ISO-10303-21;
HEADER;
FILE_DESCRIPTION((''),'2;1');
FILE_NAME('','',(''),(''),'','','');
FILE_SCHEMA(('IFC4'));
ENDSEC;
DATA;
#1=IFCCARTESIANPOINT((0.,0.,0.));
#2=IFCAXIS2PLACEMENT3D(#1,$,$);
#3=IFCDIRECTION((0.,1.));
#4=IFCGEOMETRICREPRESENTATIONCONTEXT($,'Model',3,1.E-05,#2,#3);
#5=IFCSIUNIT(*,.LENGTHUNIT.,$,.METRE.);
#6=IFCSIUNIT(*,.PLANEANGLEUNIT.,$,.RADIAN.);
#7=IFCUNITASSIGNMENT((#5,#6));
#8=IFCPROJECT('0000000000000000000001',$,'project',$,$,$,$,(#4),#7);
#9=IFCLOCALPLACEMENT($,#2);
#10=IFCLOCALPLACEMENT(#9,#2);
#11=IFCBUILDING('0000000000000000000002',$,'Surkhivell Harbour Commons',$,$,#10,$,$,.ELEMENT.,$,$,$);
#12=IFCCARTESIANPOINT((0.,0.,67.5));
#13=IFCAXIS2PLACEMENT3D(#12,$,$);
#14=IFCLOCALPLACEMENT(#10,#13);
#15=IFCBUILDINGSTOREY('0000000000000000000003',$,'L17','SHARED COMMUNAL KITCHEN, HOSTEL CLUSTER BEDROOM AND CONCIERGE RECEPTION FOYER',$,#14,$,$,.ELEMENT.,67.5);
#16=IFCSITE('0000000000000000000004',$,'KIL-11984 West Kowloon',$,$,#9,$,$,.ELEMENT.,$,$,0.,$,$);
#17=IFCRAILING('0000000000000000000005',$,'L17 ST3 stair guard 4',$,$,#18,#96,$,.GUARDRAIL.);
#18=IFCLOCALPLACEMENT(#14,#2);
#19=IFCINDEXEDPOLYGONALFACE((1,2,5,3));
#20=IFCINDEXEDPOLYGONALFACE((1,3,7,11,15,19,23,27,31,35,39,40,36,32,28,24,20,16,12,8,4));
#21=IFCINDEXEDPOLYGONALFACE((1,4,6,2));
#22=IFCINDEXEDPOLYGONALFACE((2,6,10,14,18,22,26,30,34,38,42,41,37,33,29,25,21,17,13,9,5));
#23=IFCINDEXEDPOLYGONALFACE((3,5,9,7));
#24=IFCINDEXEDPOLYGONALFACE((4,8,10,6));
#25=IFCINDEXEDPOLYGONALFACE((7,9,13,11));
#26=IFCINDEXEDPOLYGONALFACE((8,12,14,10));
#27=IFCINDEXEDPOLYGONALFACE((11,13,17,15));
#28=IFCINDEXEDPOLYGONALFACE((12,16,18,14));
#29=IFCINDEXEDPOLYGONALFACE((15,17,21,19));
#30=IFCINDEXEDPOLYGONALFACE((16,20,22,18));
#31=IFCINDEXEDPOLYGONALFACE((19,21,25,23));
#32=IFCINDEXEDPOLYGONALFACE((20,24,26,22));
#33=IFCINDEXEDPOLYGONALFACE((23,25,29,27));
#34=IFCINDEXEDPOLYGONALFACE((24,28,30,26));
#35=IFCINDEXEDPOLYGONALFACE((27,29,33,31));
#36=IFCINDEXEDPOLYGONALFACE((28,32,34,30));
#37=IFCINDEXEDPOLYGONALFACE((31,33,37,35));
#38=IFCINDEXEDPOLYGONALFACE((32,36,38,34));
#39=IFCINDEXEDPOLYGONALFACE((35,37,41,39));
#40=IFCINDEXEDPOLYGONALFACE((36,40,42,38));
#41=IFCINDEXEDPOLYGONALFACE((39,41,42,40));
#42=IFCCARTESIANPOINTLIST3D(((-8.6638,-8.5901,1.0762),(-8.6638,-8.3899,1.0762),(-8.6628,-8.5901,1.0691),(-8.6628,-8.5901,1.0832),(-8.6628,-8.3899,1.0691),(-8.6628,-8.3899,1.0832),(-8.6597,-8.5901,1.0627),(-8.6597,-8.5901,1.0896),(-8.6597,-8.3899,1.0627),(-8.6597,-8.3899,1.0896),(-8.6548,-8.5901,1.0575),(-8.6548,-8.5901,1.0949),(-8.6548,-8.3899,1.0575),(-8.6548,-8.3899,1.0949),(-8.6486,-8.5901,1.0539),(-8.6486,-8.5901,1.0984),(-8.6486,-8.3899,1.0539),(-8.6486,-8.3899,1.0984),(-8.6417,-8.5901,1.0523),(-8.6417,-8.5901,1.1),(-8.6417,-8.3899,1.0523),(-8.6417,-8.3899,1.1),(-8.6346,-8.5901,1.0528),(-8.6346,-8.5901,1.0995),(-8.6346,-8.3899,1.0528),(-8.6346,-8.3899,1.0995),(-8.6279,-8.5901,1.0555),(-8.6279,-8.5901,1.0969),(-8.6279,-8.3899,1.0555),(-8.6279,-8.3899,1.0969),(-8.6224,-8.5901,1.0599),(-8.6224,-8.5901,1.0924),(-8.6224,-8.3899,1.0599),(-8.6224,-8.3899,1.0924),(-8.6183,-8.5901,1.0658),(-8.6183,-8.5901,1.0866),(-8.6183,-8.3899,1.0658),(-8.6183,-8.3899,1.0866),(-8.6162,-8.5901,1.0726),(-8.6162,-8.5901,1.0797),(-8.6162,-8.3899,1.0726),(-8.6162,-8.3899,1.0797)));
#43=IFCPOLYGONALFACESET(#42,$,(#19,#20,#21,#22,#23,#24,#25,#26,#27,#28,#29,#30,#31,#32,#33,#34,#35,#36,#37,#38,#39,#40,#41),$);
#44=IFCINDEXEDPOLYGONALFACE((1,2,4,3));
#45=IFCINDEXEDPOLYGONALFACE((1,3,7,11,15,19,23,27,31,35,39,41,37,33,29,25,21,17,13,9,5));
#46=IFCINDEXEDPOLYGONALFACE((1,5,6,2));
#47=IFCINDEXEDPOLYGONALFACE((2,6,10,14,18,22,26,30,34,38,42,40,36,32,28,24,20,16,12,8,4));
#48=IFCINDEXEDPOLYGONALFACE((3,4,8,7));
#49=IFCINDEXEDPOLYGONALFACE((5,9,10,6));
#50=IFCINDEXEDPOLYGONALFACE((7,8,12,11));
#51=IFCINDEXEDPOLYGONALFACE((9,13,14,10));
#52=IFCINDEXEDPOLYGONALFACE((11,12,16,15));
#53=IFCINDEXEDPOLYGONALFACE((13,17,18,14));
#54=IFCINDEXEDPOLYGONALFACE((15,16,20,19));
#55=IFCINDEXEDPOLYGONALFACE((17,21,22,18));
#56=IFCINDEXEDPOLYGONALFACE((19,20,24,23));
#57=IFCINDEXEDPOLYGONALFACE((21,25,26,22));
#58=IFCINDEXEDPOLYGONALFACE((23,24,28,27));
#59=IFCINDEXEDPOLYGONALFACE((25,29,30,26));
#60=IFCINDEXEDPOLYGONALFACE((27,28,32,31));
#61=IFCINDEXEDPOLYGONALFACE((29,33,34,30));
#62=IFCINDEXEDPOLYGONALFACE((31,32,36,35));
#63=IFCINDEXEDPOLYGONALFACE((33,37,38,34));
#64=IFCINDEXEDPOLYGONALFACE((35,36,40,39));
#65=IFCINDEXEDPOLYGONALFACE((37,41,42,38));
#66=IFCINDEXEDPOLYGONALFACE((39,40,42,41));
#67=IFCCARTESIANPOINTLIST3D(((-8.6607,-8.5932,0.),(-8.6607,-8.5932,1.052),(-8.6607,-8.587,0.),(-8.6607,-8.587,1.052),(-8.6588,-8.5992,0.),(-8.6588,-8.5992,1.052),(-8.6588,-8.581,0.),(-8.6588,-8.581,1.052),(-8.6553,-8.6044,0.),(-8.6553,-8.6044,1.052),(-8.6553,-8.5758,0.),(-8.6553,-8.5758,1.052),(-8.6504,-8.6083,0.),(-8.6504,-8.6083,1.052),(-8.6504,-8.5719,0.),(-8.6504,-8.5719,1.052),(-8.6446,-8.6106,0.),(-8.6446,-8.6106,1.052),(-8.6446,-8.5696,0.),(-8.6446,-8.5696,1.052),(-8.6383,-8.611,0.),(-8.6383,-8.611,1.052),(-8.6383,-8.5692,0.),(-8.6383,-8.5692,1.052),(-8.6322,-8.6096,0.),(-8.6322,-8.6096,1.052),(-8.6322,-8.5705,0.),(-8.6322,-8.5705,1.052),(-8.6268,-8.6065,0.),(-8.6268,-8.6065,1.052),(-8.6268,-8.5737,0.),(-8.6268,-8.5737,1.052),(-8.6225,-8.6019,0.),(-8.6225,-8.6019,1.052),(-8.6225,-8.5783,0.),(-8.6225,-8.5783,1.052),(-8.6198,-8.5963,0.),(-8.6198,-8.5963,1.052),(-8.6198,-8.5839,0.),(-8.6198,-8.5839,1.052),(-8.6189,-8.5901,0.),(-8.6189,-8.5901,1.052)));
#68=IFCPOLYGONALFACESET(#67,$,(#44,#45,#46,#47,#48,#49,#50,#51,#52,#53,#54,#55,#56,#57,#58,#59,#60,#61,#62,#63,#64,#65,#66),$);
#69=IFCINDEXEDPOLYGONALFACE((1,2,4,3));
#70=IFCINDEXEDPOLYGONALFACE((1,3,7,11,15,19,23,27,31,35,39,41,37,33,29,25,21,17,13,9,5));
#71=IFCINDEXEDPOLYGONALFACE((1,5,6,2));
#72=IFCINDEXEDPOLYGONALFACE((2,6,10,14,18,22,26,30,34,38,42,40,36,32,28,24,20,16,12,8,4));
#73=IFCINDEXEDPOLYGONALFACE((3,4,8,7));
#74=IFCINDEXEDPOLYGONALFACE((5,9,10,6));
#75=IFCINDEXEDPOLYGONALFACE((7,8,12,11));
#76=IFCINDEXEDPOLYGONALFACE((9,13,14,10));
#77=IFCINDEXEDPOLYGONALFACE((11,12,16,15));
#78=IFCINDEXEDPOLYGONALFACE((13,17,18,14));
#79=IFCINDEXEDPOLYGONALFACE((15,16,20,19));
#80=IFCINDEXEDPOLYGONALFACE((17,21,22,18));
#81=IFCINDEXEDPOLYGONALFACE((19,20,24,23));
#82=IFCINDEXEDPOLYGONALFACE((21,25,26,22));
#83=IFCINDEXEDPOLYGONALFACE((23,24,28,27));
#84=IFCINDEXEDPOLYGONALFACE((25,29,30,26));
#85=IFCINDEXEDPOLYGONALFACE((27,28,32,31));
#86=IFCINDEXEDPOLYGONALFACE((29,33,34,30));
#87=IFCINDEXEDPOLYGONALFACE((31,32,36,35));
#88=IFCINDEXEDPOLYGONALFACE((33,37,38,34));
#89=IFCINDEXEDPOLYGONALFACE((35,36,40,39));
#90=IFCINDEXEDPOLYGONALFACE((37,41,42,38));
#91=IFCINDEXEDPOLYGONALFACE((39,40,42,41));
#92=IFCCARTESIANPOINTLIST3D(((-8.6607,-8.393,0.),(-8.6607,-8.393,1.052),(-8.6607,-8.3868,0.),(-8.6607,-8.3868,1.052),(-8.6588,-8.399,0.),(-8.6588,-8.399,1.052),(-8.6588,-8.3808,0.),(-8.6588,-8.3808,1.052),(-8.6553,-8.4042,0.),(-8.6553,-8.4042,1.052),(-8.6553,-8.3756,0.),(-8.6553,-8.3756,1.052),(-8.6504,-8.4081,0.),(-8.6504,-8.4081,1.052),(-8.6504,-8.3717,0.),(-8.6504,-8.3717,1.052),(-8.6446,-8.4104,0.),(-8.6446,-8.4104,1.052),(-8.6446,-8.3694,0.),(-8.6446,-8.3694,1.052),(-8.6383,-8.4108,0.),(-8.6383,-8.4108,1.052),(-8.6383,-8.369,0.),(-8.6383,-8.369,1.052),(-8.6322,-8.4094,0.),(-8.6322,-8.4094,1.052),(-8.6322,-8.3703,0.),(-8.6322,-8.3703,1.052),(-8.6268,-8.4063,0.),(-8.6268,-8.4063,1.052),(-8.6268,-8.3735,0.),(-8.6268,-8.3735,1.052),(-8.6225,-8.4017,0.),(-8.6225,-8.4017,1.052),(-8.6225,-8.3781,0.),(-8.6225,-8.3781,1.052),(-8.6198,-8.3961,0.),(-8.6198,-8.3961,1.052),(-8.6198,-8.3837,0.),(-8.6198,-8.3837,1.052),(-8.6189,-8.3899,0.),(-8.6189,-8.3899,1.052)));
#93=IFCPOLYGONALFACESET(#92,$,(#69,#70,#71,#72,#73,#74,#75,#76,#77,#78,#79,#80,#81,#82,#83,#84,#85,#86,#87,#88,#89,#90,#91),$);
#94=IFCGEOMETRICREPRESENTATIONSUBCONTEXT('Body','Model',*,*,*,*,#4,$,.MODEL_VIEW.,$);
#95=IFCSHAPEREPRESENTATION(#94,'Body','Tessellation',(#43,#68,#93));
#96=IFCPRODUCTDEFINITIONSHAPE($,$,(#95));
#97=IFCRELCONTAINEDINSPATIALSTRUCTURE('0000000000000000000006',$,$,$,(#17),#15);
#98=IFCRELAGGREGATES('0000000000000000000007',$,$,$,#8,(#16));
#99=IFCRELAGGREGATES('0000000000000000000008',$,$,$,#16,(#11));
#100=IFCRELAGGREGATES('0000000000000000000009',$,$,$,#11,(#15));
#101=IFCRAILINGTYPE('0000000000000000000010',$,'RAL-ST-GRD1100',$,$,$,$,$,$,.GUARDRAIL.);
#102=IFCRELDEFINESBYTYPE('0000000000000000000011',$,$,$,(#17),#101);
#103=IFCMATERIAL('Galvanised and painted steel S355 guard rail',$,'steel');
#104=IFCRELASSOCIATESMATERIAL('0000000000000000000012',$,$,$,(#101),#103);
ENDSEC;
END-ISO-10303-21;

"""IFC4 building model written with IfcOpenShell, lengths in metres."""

from ifc_helpers import new_model, si_unit, direction, frame, origin, origin_2d, place, context, subcontext, project, spatial, circle, extrude, material, type_object, element, save


model = new_model("IFC4")

# Units and contexts
model_context = context("Model", 3, precision=1e-05, world=origin(), true_north=direction((0.0, 1.0)))
body_context = subcontext(model_context, "Body", "Model", "MODEL_VIEW")
ifc_project = project(units=[si_unit("LENGTHUNIT", "METRE"), si_unit("PLANEANGLEUNIT", "RADIAN")], contexts=[model_context])

# Site, building, storey
site_placement = place(None, origin())
site = spatial("IfcSite", under=ifc_project, at=site_placement, Name="KIL-11984 West Kowloon", CompositionType="ELEMENT", RefElevation=0.0)
building_placement = place(site_placement, origin())
building = spatial("IfcBuilding", under=site, at=building_placement, Name="Surkhivell Harbour Commons", CompositionType="ELEMENT")
storey_placement = place(building_placement, frame((0.0, 0.0, 67.5)))
storey = spatial("IfcBuildingStorey", under=building, at=storey_placement, Name="L17", Description="SHARED COMMUNAL KITCHEN, HOSTEL CLUSTER BEDROOM AND CONCIERGE RECEPTION FOYER", CompositionType="ELEMENT", Elevation=67.5)

# Railing
ifc_material_1 = material(Name="Galvanised and painted steel S355 guard rail", Category="steel")
railing_type_1 = type_object("IfcRailingType", Name="RAL-ST-GRD1100", PredefinedType="GUARDRAIL", material=ifc_material_1)
railing_1_placement = place(storey_placement, frame((-8.6399, -8.5901, 0.0)))
element("IfcRailing", 1, at=railing_1_placement, inside=storey, type_object=railing_type_1, Name="L17 ST3 stair guard 4", PredefinedType="GUARDRAIL", context=body_context, shape_type="SweptSolid", body=[
    extrude(circle(Radius=0.0239, at=origin_2d()), frame((0.0, 0.0, 1.0762), z_axis=(0.0, 1.0, 0.0), x_axis=(-1.0, 0.0, 0.0)), (0.0, 0.0, 1.0), 0.2002),
    extrude(circle(Radius=0.021, at=origin_2d()), origin(), (0.0, 0.0, 1.0), 1.052),
    extrude(circle(Radius=0.021, at=origin_2d()), frame((0.0, 0.2002, 0.0)), (0.0, 0.0, 1.0), 1.052),
])

save(model, "model.ifc")
